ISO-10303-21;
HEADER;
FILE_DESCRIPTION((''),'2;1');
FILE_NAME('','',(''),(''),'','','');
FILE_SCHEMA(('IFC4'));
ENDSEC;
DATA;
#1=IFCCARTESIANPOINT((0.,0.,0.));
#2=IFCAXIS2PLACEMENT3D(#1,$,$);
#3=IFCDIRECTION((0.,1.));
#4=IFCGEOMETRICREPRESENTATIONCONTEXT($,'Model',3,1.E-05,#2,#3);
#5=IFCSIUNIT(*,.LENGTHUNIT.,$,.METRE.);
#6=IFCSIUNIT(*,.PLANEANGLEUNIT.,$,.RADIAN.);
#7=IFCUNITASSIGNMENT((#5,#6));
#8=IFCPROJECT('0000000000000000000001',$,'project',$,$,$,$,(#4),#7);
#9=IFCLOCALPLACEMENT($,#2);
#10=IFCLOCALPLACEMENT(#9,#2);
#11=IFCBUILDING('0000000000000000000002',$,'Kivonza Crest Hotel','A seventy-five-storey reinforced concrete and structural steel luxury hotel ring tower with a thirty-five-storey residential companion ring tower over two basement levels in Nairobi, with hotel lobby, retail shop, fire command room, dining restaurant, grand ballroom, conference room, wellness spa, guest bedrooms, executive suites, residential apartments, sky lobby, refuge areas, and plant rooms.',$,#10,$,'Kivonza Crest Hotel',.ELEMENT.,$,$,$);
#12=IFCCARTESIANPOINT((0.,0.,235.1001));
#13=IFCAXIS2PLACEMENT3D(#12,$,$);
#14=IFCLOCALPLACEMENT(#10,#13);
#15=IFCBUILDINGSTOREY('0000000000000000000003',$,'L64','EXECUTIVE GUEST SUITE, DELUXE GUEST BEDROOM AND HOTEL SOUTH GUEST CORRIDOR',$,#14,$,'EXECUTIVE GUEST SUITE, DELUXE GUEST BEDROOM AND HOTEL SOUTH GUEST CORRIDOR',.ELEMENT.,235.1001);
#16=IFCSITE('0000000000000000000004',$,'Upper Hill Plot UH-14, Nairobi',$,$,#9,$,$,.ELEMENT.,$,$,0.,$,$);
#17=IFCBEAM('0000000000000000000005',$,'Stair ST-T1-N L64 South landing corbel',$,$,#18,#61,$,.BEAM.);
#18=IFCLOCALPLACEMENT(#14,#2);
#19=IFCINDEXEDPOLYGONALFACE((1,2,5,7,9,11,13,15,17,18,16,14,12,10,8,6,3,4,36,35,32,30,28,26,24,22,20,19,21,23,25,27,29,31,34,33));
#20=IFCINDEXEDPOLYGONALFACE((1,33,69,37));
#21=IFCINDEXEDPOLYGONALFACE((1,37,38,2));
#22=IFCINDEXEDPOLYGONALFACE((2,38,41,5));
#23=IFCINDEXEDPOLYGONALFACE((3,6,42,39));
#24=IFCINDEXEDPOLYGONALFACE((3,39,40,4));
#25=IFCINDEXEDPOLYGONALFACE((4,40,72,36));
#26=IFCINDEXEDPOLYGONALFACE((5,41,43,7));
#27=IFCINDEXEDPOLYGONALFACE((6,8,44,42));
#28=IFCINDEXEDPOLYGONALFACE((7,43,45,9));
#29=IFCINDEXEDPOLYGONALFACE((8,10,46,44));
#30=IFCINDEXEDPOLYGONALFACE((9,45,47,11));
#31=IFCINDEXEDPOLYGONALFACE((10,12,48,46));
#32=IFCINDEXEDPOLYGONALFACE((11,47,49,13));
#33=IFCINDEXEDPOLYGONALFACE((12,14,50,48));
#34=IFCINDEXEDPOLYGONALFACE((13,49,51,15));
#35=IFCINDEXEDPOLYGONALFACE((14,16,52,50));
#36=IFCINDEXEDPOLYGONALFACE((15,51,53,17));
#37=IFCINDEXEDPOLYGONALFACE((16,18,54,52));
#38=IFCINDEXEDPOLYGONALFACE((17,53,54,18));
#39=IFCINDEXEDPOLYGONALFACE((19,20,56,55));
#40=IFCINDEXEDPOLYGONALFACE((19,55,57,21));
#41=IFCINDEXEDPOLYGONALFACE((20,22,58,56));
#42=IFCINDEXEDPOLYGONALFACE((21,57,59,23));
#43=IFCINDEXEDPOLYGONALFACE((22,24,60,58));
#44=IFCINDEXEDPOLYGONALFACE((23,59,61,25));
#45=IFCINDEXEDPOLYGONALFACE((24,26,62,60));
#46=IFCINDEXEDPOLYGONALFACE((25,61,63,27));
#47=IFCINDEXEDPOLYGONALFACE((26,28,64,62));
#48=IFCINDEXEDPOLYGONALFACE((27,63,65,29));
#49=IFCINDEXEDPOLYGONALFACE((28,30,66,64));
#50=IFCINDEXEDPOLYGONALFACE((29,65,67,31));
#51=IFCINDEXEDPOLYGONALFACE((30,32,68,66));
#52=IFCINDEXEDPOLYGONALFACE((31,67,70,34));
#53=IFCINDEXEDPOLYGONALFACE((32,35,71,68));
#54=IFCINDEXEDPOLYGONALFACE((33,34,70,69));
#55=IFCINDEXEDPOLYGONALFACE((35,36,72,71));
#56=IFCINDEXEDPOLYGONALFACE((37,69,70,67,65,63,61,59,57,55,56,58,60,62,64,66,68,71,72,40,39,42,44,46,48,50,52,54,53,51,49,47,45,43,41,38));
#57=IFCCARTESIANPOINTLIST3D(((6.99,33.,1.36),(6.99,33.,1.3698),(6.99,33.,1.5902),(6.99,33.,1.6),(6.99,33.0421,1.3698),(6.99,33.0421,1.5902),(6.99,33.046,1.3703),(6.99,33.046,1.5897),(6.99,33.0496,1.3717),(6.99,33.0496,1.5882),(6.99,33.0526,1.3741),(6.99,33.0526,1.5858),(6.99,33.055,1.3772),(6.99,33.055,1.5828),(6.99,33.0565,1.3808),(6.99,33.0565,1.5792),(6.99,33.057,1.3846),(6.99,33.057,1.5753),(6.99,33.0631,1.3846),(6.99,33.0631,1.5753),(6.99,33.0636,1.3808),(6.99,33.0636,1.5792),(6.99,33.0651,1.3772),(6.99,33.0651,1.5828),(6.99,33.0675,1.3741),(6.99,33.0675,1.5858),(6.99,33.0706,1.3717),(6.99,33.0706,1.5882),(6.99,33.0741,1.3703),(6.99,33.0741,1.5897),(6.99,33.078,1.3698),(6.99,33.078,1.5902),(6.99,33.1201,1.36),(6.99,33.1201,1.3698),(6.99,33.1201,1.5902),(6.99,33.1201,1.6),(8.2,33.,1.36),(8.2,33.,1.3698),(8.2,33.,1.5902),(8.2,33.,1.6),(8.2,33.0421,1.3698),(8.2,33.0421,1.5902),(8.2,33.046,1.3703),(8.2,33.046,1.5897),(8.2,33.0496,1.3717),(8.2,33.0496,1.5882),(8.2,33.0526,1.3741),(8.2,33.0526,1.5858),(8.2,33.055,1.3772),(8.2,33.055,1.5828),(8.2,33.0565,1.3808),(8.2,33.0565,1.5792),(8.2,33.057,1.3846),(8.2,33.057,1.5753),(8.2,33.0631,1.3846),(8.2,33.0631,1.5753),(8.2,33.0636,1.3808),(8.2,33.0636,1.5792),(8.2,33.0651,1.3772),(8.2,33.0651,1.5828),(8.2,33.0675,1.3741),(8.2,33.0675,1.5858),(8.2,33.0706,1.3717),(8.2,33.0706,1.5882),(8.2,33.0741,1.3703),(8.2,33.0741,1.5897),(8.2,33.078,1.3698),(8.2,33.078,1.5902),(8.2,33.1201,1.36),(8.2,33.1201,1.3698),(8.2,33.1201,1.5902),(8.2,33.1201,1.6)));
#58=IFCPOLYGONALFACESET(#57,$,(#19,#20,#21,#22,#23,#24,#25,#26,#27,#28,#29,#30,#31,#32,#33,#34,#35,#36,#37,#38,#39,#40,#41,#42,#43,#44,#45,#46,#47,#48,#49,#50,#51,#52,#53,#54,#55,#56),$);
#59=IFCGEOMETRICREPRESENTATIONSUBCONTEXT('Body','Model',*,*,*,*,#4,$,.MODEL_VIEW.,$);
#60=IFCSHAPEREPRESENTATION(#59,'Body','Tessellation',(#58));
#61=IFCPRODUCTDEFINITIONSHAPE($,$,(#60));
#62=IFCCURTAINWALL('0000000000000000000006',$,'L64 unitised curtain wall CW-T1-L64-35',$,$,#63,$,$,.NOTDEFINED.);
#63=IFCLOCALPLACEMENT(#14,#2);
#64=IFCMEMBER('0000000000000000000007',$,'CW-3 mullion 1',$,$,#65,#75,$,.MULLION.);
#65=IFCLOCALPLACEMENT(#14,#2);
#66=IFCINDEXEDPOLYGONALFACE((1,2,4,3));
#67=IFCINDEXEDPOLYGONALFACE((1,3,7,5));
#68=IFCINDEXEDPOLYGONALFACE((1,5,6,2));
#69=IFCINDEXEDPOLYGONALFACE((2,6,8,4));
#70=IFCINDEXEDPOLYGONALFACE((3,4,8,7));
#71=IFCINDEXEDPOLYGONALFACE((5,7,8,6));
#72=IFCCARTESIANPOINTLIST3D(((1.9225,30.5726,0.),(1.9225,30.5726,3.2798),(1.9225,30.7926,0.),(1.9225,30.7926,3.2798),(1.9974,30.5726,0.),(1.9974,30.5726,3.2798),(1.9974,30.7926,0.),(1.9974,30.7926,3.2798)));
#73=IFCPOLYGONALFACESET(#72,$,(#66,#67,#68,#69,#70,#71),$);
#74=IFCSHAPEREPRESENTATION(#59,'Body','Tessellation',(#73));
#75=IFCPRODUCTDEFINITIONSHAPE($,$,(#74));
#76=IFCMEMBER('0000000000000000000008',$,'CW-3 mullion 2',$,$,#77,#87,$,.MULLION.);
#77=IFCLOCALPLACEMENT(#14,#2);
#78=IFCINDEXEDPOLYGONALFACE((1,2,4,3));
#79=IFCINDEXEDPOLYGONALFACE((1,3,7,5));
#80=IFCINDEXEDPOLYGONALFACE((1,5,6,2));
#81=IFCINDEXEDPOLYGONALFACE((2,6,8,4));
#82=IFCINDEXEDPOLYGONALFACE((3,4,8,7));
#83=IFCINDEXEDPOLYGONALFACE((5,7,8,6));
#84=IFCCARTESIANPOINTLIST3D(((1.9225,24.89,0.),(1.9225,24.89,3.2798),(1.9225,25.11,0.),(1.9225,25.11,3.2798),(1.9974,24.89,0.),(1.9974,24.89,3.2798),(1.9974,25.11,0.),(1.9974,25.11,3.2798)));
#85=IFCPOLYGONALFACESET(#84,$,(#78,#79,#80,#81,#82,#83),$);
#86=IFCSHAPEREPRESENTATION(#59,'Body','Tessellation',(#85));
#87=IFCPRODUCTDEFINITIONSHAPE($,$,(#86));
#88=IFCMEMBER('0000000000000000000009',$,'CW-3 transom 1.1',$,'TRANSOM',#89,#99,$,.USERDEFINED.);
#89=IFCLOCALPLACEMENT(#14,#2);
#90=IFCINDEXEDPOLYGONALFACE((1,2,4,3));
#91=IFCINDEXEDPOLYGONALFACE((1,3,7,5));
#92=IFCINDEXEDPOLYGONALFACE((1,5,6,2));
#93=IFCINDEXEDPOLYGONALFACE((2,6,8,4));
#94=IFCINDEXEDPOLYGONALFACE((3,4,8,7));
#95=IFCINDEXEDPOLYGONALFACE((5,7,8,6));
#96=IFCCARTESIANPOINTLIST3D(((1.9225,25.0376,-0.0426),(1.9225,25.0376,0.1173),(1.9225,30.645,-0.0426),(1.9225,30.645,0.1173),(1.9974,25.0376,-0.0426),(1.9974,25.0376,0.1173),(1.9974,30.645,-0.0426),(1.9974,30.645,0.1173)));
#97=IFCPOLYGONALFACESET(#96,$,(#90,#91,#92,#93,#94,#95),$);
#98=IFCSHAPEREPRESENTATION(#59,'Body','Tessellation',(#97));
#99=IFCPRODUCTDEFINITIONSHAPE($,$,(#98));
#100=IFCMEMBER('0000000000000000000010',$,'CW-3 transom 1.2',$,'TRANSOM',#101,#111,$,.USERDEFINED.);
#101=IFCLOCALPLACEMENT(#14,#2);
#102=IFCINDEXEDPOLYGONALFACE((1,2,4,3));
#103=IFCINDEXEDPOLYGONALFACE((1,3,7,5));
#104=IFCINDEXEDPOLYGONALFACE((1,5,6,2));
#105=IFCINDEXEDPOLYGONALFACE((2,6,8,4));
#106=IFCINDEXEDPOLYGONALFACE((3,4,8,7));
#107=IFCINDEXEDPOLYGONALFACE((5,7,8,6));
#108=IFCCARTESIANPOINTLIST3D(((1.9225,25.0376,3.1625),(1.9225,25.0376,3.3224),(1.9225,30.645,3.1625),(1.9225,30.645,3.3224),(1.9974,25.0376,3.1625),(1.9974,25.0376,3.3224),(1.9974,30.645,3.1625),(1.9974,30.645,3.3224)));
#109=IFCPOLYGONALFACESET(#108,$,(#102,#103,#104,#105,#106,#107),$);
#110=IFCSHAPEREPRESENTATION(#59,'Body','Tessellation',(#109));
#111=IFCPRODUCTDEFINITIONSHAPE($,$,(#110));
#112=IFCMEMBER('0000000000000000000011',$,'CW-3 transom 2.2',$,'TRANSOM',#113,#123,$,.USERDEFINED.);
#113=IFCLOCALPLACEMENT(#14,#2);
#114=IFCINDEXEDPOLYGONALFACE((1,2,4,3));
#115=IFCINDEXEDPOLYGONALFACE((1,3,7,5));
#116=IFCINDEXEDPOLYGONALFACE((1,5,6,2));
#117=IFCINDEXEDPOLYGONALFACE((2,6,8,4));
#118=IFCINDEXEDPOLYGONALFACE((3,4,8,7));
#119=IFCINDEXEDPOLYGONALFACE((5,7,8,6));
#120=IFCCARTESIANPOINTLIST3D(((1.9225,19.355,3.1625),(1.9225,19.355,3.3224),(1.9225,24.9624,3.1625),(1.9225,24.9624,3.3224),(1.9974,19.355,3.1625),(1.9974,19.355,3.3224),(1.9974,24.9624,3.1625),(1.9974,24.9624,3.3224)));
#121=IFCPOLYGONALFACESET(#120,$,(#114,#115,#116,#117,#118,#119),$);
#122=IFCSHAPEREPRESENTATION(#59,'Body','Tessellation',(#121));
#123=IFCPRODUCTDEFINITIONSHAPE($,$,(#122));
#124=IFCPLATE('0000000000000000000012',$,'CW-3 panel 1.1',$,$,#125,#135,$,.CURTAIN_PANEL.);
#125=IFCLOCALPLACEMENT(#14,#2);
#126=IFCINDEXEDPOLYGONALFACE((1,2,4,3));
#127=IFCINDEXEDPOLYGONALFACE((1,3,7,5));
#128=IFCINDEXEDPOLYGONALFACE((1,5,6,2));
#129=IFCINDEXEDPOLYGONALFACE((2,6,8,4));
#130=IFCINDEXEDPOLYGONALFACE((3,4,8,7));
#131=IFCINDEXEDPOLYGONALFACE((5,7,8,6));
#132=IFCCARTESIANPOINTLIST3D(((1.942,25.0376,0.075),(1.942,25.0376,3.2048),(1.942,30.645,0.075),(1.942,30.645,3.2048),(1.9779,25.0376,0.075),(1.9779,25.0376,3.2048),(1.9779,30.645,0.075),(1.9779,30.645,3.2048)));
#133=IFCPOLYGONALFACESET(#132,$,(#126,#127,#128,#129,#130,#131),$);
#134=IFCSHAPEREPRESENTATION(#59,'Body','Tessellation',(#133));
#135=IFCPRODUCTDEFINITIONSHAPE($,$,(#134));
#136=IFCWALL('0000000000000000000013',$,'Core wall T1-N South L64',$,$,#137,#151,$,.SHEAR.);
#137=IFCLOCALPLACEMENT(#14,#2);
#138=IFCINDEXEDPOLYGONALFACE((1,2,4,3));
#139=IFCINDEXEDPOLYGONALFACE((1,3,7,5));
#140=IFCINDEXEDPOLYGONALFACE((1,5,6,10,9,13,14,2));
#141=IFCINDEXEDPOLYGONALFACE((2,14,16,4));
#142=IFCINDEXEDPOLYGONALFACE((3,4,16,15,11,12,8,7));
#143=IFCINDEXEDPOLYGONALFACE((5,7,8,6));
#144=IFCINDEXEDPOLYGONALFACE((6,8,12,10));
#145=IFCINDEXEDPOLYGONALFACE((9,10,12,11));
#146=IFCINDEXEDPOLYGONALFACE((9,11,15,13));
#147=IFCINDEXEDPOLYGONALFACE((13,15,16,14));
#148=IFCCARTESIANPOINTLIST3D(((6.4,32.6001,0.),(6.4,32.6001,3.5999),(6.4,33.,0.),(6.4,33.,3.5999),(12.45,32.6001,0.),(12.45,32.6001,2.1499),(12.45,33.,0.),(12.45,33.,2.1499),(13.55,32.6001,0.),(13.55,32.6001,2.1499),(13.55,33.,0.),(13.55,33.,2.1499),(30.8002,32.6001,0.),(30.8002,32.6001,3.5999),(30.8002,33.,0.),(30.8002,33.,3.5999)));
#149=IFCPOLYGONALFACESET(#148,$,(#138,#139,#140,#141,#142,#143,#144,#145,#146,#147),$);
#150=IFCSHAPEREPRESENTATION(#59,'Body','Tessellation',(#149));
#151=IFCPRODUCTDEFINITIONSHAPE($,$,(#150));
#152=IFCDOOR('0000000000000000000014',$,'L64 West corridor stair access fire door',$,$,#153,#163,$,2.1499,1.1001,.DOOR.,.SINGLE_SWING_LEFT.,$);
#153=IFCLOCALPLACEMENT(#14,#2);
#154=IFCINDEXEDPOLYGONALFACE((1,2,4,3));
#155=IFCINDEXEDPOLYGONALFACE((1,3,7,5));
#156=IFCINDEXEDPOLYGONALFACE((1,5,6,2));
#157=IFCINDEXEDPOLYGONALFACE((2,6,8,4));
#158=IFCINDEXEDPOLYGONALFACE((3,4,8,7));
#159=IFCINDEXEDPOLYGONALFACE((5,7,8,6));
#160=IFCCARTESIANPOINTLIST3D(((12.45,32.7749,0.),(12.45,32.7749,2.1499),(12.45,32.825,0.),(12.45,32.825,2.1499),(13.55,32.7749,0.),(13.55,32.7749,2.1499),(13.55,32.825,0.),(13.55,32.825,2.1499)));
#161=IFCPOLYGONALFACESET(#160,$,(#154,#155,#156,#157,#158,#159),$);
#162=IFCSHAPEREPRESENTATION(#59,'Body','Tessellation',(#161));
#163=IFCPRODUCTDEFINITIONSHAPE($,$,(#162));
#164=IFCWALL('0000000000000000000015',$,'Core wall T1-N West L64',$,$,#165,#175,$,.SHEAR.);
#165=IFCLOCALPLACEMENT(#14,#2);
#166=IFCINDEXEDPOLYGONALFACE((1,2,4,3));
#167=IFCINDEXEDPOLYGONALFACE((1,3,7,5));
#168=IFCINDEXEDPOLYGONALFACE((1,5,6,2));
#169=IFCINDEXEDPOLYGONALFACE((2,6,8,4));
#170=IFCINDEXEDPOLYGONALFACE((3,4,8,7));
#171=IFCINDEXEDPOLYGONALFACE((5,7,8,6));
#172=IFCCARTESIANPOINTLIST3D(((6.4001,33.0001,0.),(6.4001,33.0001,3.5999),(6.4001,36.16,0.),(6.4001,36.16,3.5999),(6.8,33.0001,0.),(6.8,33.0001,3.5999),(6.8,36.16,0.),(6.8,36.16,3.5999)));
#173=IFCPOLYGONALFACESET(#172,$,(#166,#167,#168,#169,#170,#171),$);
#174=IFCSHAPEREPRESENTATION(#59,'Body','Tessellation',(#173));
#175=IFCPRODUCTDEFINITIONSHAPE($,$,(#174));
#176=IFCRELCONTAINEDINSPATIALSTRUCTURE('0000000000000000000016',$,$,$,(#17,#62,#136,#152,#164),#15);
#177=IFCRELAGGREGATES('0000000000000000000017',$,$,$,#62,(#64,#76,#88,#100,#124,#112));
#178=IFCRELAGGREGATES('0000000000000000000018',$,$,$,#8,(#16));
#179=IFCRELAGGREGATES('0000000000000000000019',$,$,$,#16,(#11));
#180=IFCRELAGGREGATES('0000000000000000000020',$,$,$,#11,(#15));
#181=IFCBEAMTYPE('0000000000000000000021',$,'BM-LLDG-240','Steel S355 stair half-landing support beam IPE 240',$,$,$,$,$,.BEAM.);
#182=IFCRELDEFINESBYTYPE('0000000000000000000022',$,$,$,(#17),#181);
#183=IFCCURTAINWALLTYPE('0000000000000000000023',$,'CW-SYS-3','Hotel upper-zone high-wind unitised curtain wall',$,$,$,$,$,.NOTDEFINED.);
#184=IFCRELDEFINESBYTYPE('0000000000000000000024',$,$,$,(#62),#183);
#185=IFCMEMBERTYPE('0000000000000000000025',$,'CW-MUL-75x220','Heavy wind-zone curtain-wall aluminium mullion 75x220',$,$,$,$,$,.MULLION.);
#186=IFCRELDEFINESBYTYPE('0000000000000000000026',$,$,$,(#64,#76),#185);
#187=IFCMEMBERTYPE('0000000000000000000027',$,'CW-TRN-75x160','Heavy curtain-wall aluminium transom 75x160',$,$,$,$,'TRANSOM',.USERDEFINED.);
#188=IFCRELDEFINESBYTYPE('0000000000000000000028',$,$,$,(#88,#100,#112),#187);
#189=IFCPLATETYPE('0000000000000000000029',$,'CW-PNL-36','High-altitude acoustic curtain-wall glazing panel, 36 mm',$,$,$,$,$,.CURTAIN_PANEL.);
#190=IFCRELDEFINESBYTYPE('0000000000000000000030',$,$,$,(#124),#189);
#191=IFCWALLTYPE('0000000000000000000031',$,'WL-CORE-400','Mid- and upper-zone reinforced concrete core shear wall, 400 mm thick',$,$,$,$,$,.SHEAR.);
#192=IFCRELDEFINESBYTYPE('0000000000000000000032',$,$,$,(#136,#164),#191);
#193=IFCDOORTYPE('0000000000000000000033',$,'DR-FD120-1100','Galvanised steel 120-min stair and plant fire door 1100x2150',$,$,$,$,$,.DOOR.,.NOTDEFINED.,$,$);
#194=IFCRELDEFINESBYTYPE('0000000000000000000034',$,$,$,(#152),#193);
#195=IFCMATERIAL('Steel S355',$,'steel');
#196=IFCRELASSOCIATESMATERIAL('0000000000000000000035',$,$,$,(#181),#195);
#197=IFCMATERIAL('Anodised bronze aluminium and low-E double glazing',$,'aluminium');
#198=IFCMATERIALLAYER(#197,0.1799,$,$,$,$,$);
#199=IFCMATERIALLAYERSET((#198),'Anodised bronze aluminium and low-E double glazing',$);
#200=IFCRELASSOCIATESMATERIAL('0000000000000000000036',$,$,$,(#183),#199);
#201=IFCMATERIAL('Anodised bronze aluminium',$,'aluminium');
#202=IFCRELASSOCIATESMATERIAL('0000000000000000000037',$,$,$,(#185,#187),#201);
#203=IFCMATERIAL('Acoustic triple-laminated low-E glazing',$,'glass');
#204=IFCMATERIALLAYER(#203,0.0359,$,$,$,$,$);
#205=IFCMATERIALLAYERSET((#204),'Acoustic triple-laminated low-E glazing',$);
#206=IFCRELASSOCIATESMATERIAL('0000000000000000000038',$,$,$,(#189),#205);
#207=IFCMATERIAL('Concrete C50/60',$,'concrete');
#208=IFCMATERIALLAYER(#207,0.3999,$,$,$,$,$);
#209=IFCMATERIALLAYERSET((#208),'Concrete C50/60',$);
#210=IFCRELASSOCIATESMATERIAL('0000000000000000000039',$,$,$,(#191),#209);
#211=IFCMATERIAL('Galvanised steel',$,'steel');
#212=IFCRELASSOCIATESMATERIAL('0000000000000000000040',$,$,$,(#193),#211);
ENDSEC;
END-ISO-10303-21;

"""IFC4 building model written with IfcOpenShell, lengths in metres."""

from ifc_helpers import new_model, si_unit, direction, frame, frame_2d, origin, origin_2d, place, context, subcontext, project, spatial, rectangle, i_section, extrude, material, layer, layer_set, material_profile, profile_set, type_object, element, fill, aggregate, save


model = new_model("IFC4")

# Units and contexts
model_context = context("Model", 3, precision=1e-05, world=origin(), true_north=direction((0.0, 1.0)))
body_context = subcontext(model_context, "Body", "Model", "MODEL_VIEW")
ifc_project = project(units=[si_unit("LENGTHUNIT", "METRE"), si_unit("PLANEANGLEUNIT", "RADIAN")], contexts=[model_context])

# Site, building, storey
site_placement = place(None, origin())
site = spatial("IfcSite", under=ifc_project, at=site_placement, Name="Upper Hill Plot UH-14, Nairobi", CompositionType="ELEMENT", RefElevation=0.0)
building_placement = place(site_placement, origin())
building = spatial("IfcBuilding", under=site, at=building_placement, Name="Kivonza Crest Hotel", Description="A seventy-five-storey reinforced concrete and structural steel luxury hotel ring tower with a thirty-five-storey residential companion ring tower over two basement levels in Nairobi, with hotel lobby, retail shop, fire command room, dining restaurant, grand ballroom, conference room, wellness spa, guest bedrooms, executive suites, residential apartments, sky lobby, refuge areas, and plant rooms.", LongName="Kivonza Crest Hotel", CompositionType="ELEMENT")
storey_placement = place(building_placement, frame((0.0, 0.0, 235.1001)))
storey = spatial("IfcBuildingStorey", under=building, at=storey_placement, Name="L64", Description="EXECUTIVE GUEST SUITE, DELUXE GUEST BEDROOM AND HOTEL SOUTH GUEST CORRIDOR", LongName="EXECUTIVE GUEST SUITE, DELUXE GUEST BEDROOM AND HOTEL SOUTH GUEST CORRIDOR", CompositionType="ELEMENT", Elevation=235.1001)

# Shared definitions
ifc_material_1 = material(Name="Concrete C50/60", Category="concrete")

# Beam
ifc_material_2 = material(Name="Steel S355", Category="steel")
ifc_material_profile_1 = material_profile(ifc_material_2, i_section(OverallWidth=0.1201, OverallDepth=0.24, WebThickness=0.0061, FlangeThickness=0.0098, FilletRadius=0.0149, at=origin_2d()), Name="IPE 240")
ifc_profile_set_1 = profile_set([ifc_material_profile_1], Name="Steel S355")
beam_type_1 = type_object("IfcBeamType", Name="BM-LLDG-240", Description="Steel S355 stair half-landing support beam IPE 240", PredefinedType="BEAM", material=ifc_profile_set_1)
beam_1_placement = place(storey_placement, frame((6.99, 33.0601, 1.48), z_axis=(1.0, 0.0, 0.0), x_axis=(0.0, 1.0, 0.0)))
element("IfcBeam", 1, at=beam_1_placement, inside=storey, type_object=beam_type_1, Name="Stair ST-T1-N L64 South landing corbel", PredefinedType="BEAM", context=body_context, shape_type="SweptSolid", body=[
    extrude(i_section(OverallWidth=0.1201, OverallDepth=0.24, WebThickness=0.0061, FlangeThickness=0.0098, FilletRadius=0.0149, at=origin_2d()), origin(), (0.0, 0.0, 1.0), 1.21),
])

# Curtain wall, members, plate
ifc_material_3 = material(Name="Anodised bronze aluminium and low-E double glazing", Category="aluminium")
ifc_layer_1 = layer(ifc_material_3, 0.1799)
ifc_layer_set_1 = layer_set([ifc_layer_1], Name="Anodised bronze aluminium and low-E double glazing")
curtain_wall_type = type_object("IfcCurtainWallType", Name="CW-SYS-3", Description="Hotel upper-zone high-wind unitised curtain wall", PredefinedType="NOTDEFINED", material=ifc_layer_set_1)
curtain_wall_placement = place(storey_placement, origin())
curtain_wall = element("IfcCurtainWall", 2, at=curtain_wall_placement, inside=storey, type_object=curtain_wall_type, Name="L64 unitised curtain wall CW-T1-L64-35", PredefinedType="NOTDEFINED")
ifc_material_4 = material(Name="Anodised bronze aluminium", Category="aluminium")
ifc_material_profile_2 = material_profile(ifc_material_4, rectangle(XDim=0.075, YDim=0.22, at=origin_2d()), Name="CW-M 75x220")
ifc_profile_set_2 = profile_set([ifc_material_profile_2], Name="Anodised bronze aluminium")
member_type_1 = type_object("IfcMemberType", Name="CW-MUL-75x220", Description="Heavy wind-zone curtain-wall aluminium mullion 75x220", PredefinedType="MULLION", material=ifc_profile_set_2)
member_1_placement = place(storey_placement, frame((1.96, 30.6826, 0.0), z_axis=(0.0, 0.0, 1.0), x_axis=(1.0, 0.0, 0.0)))
member_1 = element("IfcMember", 3, at=member_1_placement, type_object=member_type_1, Name="CW-3 mullion 1", PredefinedType="MULLION", context=body_context, shape_type="SweptSolid", body=[
    extrude(rectangle(XDim=0.075, YDim=0.22, at=origin_2d()), origin(), (0.0, 0.0, 1.0), 3.2798),
])
member_2_placement = place(storey_placement, frame((1.96, 25.0, 0.0), z_axis=(0.0, 0.0, 1.0), x_axis=(1.0, 0.0, 0.0)))
member_2 = element("IfcMember", 4, at=member_2_placement, type_object=member_type_1, Name="CW-3 mullion 2", PredefinedType="MULLION", context=body_context, shape_type="SweptSolid", body=[
    extrude(rectangle(XDim=0.075, YDim=0.22, at=origin_2d()), origin(), (0.0, 0.0, 1.0), 3.2798),
])
ifc_material_profile_3 = material_profile(ifc_material_4, rectangle(XDim=0.075, YDim=0.1599, at=origin_2d()), Name="CW-T 75x160")
ifc_profile_set_3 = profile_set([ifc_material_profile_3], Name="Anodised bronze aluminium")
member_type_2 = type_object("IfcMemberType", Name="CW-TRN-75x160", Description="Heavy curtain-wall aluminium transom 75x160", ElementType="TRANSOM", PredefinedType="USERDEFINED", material=ifc_profile_set_3)
member_3_placement = place(storey_placement, frame((1.96, 30.645, 0.0374), z_axis=(0.0, -1.0, 0.0), x_axis=(1.0, 0.0, 0.0)))
member_3 = element("IfcMember", 5, at=member_3_placement, type_object=member_type_2, Name="CW-3 transom 1.1", ObjectType="TRANSOM", PredefinedType="USERDEFINED", context=body_context, shape_type="SweptSolid", body=[
    extrude(rectangle(XDim=0.075, YDim=0.1599, at=origin_2d()), origin(), (0.0, 0.0, 1.0), 5.6074),
])
member_4_placement = place(storey_placement, frame((1.96, 30.645, 3.2424), z_axis=(0.0, -1.0, 0.0), x_axis=(1.0, 0.0, 0.0)))
member_4 = element("IfcMember", 6, at=member_4_placement, type_object=member_type_2, Name="CW-3 transom 1.2", ObjectType="TRANSOM", PredefinedType="USERDEFINED", context=body_context, shape_type="SweptSolid", body=[
    extrude(rectangle(XDim=0.075, YDim=0.1599, at=origin_2d()), origin(), (0.0, 0.0, 1.0), 5.6074),
])
member_5_placement = place(storey_placement, frame((1.96, 24.9624, 3.2424), z_axis=(0.0, -1.0, 0.0), x_axis=(1.0, 0.0, 0.0)))
member_5 = element("IfcMember", 7, at=member_5_placement, type_object=member_type_2, Name="CW-3 transom 2.2", ObjectType="TRANSOM", PredefinedType="USERDEFINED", context=body_context, shape_type="SweptSolid", body=[
    extrude(rectangle(XDim=0.075, YDim=0.1599, at=origin_2d()), origin(), (0.0, 0.0, 1.0), 5.6074),
])
ifc_material_5 = material(Name="Acoustic triple-laminated low-E glazing", Category="glass")
ifc_layer_2 = layer(ifc_material_5, 0.0359)
ifc_layer_set_2 = layer_set([ifc_layer_2], Name="Acoustic triple-laminated low-E glazing")
plate_type = type_object("IfcPlateType", Name="CW-PNL-36", Description="High-altitude acoustic curtain-wall glazing panel, 36 mm", PredefinedType="CURTAIN_PANEL", material=ifc_layer_set_2)
plate_placement = place(storey_placement, frame((1.96, 27.8413, 0.075), z_axis=(0.0, 0.0, 1.0), x_axis=(0.0, -1.0, 0.0)))
plate = element("IfcPlate", 8, at=plate_placement, type_object=plate_type, Name="CW-3 panel 1.1", PredefinedType="CURTAIN_PANEL", context=body_context, shape_type="SweptSolid", body=[
    extrude(rectangle(XDim=5.6074, YDim=0.0359, at=origin_2d()), origin(), (0.0, 0.0, 1.0), 3.1299),
])
aggregate(curtain_wall, [member_1, member_2, member_3, member_4, plate, member_5])

# Wall, opening, door
ifc_layer_3 = layer(ifc_material_1, 0.3999)
ifc_layer_set_3 = layer_set([ifc_layer_3], Name="Concrete C50/60")
wall_type = type_object("IfcWallType", Name="WL-CORE-400", Description="Mid- and upper-zone reinforced concrete core shear wall, 400 mm thick", PredefinedType="SHEAR", material=ifc_layer_set_3)
wall_1_placement = place(storey_placement, frame((6.3999, 32.8, 0.0), z_axis=(0.0, 0.0, 1.0), x_axis=(1.0, 0.0, 0.0)))
wall_1 = element("IfcWall", 9, at=wall_1_placement, inside=storey, type_object=wall_type, Name="Core wall T1-N South L64", PredefinedType="SHEAR", context=body_context, shape_type="SweptSolid", body=[
    extrude(rectangle(XDim=24.4001, YDim=0.3999, at=frame_2d((12.2002, 0.0))), origin(), (0.0, 0.0, 1.0), 3.5999),
])
opening_placement = place(wall_1_placement, frame((6.05, 0.0, 0.0)))
opening = element("IfcOpeningElement", 10, at=opening_placement, cuts=wall_1, PredefinedType="OPENING", context=body_context, shape_type="SweptSolid", body=[
    extrude(rectangle(XDim=1.1001, YDim=2.1499, at=frame_2d((0.55, 1.075))), frame((0.0, 0.21, 0.0), z_axis=(0.0, -1.0, 0.0), x_axis=(1.0, 0.0, 0.0)), (0.0, 0.0, 1.0), 0.4199),
])
ifc_material_6 = material(Name="Galvanised steel", Category="steel")
door_type = type_object("IfcDoorType", Name="DR-FD120-1100", Description="Galvanised steel 120-min stair and plant fire door 1100x2150", OperationType="NOTDEFINED", PredefinedType="DOOR", material=ifc_material_6)
door_placement = place(opening_placement, origin())
door = element("IfcDoor", 11, at=door_placement, inside=storey, type_object=door_type, Name="L64 West corridor stair access fire door", OperationType="SINGLE_SWING_LEFT", OverallHeight=2.1499, OverallWidth=1.1001, PredefinedType="DOOR", context=body_context, shape_type="SweptSolid", body=[
    extrude(rectangle(XDim=1.1001, YDim=2.1499, at=frame_2d((0.55, 1.075))), frame((0.0, 0.0249, 0.0), z_axis=(0.0, -1.0, 0.0), x_axis=(1.0, 0.0, 0.0)), (0.0, 0.0, 1.0), 0.05),
])
fill(opening, door)

# Wall
wall_2_placement = place(storey_placement, frame((6.6001, 33.0, 0.0), z_axis=(0.0, 0.0, 1.0), x_axis=(0.0, 1.0, 0.0)))
element("IfcWall", 12, at=wall_2_placement, inside=storey, type_object=wall_type, Name="Core wall T1-N West L64", PredefinedType="SHEAR", context=body_context, shape_type="SweptSolid", body=[
    extrude(rectangle(XDim=3.1599, YDim=0.3999, at=frame_2d((1.5801, 0.0))), origin(), (0.0, 0.0, 1.0), 3.5999),
])

save(model, "model.ifc")
